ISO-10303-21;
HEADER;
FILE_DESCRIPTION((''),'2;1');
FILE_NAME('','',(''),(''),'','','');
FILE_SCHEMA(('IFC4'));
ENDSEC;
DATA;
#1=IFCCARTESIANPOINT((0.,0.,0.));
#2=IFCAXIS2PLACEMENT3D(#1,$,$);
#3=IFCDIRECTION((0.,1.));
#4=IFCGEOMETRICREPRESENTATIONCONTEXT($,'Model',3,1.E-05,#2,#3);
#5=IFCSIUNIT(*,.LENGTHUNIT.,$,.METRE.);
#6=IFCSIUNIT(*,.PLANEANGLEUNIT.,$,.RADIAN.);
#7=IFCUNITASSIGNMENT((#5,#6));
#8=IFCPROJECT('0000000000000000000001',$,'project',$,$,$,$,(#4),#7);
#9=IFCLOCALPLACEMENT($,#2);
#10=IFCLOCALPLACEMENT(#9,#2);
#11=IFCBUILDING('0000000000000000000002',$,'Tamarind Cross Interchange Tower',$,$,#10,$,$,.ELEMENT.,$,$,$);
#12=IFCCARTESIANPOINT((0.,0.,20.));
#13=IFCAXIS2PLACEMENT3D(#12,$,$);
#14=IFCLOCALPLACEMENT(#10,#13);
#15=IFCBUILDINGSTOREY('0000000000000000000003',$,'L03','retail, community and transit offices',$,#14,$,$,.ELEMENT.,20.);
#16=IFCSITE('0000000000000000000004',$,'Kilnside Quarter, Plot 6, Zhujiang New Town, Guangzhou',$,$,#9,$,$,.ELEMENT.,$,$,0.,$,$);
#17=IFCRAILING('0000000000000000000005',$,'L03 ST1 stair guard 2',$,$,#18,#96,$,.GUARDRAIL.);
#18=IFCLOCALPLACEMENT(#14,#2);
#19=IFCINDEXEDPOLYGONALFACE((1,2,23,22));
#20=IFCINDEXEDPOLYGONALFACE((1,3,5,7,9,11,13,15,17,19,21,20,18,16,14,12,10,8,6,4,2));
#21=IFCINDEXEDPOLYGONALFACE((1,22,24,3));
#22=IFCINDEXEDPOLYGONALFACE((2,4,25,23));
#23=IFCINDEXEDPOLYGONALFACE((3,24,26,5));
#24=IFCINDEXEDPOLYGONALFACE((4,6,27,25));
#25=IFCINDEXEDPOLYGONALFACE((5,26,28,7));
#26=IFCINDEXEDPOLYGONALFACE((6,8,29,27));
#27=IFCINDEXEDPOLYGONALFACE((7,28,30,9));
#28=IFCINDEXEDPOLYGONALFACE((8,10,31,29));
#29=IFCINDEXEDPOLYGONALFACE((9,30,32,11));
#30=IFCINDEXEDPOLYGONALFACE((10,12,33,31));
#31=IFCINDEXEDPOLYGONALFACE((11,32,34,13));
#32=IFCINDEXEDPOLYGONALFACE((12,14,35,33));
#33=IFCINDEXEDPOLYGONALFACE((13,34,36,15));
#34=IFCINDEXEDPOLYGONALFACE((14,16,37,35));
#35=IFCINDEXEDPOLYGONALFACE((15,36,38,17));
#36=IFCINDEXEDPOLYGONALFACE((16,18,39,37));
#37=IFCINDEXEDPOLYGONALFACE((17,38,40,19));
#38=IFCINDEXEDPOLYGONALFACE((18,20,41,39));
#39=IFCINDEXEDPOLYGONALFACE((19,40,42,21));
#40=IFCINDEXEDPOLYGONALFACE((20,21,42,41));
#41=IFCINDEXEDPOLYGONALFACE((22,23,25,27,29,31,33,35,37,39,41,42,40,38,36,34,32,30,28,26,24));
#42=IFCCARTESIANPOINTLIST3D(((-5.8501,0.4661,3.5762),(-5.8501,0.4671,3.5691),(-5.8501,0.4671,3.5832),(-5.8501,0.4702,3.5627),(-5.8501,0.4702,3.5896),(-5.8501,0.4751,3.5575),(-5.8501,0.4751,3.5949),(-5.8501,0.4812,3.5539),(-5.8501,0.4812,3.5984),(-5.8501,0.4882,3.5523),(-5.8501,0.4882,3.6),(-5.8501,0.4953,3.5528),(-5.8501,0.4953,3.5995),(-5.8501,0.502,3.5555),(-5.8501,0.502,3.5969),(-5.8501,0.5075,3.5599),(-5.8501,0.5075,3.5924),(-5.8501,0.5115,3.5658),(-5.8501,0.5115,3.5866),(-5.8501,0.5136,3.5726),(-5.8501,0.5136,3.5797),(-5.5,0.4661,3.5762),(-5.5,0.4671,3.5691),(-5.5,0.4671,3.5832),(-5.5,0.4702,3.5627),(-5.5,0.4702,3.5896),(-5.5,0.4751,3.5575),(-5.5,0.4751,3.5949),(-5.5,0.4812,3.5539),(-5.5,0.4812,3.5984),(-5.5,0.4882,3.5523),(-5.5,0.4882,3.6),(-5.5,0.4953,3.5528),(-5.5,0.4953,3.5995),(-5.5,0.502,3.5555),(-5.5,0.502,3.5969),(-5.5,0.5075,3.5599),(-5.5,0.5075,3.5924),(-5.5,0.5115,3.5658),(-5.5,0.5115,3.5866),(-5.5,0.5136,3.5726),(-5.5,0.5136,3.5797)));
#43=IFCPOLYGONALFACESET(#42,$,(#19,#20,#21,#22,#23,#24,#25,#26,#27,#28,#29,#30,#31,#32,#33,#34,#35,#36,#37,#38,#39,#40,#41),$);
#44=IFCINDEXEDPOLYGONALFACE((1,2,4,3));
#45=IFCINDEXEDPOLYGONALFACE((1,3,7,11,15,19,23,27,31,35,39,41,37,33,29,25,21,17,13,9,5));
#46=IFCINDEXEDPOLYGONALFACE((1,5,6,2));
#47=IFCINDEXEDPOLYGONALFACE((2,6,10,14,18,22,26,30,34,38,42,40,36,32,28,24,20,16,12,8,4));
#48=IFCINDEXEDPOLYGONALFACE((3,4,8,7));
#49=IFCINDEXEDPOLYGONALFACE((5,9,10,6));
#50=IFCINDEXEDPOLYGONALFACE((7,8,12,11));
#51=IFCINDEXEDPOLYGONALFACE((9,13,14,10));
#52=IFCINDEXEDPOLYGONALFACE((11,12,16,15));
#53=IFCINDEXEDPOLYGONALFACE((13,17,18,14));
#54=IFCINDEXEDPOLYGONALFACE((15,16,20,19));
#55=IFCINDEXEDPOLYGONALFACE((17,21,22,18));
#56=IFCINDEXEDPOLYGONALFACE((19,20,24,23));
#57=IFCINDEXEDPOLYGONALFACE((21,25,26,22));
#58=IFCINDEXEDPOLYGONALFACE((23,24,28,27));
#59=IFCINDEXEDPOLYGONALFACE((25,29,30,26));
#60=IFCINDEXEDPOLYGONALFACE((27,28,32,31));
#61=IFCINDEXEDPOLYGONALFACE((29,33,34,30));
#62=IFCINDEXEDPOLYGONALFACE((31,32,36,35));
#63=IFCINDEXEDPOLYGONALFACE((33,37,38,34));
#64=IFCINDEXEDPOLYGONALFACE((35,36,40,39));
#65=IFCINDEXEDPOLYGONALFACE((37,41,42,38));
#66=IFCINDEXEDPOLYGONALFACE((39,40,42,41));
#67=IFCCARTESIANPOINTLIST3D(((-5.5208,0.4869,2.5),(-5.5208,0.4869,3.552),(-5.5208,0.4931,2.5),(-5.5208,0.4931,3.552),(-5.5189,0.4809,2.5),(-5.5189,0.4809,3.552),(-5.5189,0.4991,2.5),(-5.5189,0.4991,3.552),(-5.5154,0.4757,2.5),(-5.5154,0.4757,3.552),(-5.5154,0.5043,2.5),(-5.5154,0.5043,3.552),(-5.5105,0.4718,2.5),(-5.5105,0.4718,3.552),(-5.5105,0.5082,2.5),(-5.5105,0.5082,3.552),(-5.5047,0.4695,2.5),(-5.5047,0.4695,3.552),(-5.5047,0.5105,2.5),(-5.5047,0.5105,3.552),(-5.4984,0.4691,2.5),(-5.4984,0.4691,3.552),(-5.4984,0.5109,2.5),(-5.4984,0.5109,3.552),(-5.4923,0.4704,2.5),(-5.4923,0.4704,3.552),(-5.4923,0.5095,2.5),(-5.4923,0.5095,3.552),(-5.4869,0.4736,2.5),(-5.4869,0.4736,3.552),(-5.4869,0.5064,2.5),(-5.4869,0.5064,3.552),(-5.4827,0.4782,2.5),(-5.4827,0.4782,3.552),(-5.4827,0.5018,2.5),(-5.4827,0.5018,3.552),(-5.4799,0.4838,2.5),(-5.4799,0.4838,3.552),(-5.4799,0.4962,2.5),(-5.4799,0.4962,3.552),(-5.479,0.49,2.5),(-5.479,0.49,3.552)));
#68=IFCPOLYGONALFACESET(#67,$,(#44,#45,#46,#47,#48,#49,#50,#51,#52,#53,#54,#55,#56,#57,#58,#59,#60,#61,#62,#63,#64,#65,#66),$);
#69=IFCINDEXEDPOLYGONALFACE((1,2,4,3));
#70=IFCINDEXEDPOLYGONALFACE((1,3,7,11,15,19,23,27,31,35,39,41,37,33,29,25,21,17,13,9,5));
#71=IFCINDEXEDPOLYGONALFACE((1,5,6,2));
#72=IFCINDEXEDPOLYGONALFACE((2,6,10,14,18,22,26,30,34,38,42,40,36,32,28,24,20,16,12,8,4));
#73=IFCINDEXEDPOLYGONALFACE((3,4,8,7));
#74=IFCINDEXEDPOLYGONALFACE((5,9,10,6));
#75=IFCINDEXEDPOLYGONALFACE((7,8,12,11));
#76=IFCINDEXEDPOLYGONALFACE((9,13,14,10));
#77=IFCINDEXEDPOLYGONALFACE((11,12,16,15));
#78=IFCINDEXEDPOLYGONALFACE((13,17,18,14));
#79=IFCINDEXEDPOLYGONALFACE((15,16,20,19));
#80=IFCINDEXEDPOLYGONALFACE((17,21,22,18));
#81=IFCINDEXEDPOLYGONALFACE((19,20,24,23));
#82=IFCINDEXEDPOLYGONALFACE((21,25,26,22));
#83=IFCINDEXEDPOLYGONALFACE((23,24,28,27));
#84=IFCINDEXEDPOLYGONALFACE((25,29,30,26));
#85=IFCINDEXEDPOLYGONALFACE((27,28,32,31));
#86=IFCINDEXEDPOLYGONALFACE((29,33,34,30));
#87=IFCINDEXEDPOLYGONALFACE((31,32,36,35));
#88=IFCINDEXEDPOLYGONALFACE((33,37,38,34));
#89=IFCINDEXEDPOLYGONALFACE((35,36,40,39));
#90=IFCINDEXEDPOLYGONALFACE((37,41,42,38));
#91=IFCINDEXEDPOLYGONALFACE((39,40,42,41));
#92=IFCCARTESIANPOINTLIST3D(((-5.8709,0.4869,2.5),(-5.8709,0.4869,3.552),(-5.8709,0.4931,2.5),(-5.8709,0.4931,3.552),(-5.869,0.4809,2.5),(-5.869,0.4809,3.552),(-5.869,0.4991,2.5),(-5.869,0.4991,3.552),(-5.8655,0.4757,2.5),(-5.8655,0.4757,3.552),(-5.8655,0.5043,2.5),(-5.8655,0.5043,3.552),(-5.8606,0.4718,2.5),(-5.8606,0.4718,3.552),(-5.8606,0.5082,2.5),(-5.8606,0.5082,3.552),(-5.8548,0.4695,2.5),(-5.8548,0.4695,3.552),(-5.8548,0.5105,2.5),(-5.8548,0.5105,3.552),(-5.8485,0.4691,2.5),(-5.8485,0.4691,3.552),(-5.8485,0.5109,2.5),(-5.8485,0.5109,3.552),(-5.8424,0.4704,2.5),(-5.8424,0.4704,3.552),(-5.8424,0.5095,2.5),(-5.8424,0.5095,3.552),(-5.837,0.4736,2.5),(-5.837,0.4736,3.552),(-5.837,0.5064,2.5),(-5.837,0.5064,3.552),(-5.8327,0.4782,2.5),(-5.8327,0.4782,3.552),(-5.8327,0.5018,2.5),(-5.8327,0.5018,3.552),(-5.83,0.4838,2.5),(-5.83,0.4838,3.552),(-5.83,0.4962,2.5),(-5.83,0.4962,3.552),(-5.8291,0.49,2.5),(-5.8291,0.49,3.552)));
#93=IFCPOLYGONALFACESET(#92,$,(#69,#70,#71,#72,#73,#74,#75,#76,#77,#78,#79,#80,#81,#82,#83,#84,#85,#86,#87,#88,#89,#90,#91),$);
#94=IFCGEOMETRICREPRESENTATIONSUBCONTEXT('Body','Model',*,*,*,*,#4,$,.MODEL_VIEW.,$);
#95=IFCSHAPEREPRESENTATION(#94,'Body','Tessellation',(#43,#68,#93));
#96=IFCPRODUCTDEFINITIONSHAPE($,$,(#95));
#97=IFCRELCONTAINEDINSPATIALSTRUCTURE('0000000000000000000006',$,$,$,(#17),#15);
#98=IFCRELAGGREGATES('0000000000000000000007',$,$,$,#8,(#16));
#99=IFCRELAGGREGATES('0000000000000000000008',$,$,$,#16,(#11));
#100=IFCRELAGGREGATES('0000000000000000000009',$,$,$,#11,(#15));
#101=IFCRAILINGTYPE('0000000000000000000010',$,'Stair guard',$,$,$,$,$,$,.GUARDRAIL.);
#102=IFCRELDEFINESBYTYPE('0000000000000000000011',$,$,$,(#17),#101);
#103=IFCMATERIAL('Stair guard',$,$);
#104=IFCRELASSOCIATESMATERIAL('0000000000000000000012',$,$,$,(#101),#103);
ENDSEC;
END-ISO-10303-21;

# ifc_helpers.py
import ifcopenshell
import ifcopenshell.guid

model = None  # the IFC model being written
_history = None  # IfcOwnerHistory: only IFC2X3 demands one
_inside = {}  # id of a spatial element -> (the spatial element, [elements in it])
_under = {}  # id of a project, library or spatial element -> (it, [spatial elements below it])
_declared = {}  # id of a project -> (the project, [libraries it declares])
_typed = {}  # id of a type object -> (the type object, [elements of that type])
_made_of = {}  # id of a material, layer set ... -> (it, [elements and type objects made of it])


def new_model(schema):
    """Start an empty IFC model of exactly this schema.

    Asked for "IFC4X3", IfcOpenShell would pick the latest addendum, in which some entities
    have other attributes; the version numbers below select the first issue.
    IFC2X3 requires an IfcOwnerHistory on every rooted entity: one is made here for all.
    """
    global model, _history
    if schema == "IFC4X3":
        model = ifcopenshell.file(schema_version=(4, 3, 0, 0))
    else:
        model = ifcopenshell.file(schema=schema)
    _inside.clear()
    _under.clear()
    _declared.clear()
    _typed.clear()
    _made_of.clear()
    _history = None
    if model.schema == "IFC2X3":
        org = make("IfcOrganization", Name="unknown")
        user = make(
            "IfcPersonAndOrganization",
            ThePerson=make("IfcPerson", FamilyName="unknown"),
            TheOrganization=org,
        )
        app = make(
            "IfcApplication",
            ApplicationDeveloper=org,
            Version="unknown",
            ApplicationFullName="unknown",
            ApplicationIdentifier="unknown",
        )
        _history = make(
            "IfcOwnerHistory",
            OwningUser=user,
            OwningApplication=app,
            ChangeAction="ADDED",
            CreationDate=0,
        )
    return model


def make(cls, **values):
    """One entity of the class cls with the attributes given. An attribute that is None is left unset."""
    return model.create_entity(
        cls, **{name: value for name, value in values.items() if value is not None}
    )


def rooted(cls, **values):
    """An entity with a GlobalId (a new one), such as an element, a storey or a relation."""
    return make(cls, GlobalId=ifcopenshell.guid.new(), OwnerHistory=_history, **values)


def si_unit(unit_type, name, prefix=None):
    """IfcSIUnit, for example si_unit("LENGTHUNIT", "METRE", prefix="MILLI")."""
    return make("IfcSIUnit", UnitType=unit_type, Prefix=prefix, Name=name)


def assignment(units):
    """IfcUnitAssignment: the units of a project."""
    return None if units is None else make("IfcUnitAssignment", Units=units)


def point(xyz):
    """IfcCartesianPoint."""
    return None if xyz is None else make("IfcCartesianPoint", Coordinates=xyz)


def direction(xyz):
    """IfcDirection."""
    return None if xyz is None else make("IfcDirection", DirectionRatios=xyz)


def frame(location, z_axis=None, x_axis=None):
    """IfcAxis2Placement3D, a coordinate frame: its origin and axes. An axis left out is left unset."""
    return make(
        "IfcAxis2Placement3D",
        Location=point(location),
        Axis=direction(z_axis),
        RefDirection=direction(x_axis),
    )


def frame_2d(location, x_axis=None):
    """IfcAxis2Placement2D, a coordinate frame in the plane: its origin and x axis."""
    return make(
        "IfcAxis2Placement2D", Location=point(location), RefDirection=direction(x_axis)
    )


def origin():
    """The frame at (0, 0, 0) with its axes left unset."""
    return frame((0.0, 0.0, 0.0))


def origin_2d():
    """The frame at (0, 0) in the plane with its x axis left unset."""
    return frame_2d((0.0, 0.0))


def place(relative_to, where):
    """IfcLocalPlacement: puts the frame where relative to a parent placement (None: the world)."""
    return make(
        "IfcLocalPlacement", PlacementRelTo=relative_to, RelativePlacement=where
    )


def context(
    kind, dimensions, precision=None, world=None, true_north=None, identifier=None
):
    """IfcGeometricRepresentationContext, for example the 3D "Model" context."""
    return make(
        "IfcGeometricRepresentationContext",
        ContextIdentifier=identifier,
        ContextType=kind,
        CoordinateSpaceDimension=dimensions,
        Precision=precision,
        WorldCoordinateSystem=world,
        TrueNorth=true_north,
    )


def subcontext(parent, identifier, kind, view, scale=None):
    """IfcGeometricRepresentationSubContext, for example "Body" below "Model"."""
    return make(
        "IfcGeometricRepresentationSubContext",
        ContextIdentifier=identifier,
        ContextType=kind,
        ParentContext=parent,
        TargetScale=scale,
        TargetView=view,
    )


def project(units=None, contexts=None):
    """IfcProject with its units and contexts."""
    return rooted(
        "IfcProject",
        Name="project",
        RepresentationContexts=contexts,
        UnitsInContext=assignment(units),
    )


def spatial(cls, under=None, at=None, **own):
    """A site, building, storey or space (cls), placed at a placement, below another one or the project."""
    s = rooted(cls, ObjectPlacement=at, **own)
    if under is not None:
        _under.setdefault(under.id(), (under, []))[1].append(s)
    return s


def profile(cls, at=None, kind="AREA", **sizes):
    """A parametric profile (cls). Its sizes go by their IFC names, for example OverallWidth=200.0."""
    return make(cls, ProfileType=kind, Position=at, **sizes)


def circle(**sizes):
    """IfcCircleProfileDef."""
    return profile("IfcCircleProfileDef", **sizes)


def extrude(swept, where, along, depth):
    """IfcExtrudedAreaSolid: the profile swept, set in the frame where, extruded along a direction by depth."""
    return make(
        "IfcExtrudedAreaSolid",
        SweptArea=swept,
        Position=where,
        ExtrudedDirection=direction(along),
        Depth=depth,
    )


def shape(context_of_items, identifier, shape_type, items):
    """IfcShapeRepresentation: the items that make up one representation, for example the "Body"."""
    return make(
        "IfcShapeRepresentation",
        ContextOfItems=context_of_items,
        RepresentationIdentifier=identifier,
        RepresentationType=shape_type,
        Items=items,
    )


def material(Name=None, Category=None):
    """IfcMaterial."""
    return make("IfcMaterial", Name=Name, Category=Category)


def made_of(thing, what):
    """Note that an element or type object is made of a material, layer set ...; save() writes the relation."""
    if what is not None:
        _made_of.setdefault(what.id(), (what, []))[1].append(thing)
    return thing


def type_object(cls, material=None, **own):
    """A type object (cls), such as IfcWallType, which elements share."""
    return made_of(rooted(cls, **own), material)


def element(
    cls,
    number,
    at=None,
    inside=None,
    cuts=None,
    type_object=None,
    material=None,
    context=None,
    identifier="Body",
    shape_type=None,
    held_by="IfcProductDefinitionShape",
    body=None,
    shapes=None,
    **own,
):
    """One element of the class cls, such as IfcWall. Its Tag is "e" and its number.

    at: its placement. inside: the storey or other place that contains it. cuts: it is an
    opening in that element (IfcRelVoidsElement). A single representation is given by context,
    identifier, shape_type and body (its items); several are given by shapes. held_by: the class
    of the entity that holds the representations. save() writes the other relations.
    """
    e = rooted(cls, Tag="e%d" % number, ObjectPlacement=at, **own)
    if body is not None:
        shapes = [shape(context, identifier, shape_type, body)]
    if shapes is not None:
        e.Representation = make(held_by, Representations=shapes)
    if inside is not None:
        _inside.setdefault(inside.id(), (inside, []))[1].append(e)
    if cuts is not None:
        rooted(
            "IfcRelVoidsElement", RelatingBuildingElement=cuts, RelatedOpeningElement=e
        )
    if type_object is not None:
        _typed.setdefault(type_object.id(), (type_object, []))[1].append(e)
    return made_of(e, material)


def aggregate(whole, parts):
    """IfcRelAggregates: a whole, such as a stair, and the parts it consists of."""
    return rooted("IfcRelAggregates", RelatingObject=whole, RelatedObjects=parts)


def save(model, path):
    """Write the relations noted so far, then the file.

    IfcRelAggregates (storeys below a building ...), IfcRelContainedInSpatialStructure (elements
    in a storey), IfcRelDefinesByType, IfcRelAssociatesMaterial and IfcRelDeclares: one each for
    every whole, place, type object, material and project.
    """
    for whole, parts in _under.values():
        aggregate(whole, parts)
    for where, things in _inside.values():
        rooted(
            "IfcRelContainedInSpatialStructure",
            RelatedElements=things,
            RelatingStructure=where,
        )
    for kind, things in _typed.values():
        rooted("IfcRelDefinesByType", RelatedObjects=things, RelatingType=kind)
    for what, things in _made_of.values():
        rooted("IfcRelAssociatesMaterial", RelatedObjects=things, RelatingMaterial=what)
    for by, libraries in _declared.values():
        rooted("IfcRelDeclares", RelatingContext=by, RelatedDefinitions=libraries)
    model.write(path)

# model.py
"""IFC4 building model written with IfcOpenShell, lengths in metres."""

from ifc_helpers import new_model, si_unit, direction, frame, origin, origin_2d, place, context, subcontext, project, spatial, circle, extrude, material, type_object, element, save


model = new_model("IFC4")

# Units and contexts
model_context = context("Model", 3, precision=1e-05, world=origin(), true_north=direction((0.0, 1.0)))
body_context = subcontext(model_context, "Body", "Model", "MODEL_VIEW")
ifc_project = project(units=[si_unit("LENGTHUNIT", "METRE"), si_unit("PLANEANGLEUNIT", "RADIAN")], contexts=[model_context])

# Site, building, storey
site_placement = place(None, origin())
site = spatial("IfcSite", under=ifc_project, at=site_placement, Name="Kilnside Quarter, Plot 6, Zhujiang New Town, Guangzhou", CompositionType="ELEMENT", RefElevation=0.0)
building_placement = place(site_placement, origin())
building = spatial("IfcBuilding", under=site, at=building_placement, Name="Tamarind Cross Interchange Tower", CompositionType="ELEMENT")
storey_placement = place(building_placement, frame((0.0, 0.0, 20.0)))
storey = spatial("IfcBuildingStorey", under=building, at=storey_placement, Name="L03", Description="retail, community and transit offices", CompositionType="ELEMENT", Elevation=20.0)

# Railing
ifc_material_1 = material(Name="Stair guard")
railing_type_1 = type_object("IfcRailingType", Name="Stair guard", PredefinedType="GUARDRAIL", material=ifc_material_1)
railing_1_placement = place(storey_placement, frame((-5.5, 0.49, 2.5)))
element("IfcRailing", 1, at=railing_1_placement, inside=storey, type_object=railing_type_1, Name="L03 ST1 stair guard 2", PredefinedType="GUARDRAIL", context=body_context, shape_type="SweptSolid", body=[
    extrude(circle(Radius=0.0239, at=origin_2d()), frame((0.0, 0.0, 1.0762), z_axis=(-1.0, 0.0, 0.0), x_axis=(0.0, -1.0, 0.0)), (0.0, 0.0, 1.0), 0.3501),
    extrude(circle(Radius=0.021, at=origin_2d()), origin(), (0.0, 0.0, 1.0), 1.052),
    extrude(circle(Radius=0.021, at=origin_2d()), frame((-0.3501, 0.0, 0.0)), (0.0, 0.0, 1.0), 1.052),
])

save(model, "model.ifc")
